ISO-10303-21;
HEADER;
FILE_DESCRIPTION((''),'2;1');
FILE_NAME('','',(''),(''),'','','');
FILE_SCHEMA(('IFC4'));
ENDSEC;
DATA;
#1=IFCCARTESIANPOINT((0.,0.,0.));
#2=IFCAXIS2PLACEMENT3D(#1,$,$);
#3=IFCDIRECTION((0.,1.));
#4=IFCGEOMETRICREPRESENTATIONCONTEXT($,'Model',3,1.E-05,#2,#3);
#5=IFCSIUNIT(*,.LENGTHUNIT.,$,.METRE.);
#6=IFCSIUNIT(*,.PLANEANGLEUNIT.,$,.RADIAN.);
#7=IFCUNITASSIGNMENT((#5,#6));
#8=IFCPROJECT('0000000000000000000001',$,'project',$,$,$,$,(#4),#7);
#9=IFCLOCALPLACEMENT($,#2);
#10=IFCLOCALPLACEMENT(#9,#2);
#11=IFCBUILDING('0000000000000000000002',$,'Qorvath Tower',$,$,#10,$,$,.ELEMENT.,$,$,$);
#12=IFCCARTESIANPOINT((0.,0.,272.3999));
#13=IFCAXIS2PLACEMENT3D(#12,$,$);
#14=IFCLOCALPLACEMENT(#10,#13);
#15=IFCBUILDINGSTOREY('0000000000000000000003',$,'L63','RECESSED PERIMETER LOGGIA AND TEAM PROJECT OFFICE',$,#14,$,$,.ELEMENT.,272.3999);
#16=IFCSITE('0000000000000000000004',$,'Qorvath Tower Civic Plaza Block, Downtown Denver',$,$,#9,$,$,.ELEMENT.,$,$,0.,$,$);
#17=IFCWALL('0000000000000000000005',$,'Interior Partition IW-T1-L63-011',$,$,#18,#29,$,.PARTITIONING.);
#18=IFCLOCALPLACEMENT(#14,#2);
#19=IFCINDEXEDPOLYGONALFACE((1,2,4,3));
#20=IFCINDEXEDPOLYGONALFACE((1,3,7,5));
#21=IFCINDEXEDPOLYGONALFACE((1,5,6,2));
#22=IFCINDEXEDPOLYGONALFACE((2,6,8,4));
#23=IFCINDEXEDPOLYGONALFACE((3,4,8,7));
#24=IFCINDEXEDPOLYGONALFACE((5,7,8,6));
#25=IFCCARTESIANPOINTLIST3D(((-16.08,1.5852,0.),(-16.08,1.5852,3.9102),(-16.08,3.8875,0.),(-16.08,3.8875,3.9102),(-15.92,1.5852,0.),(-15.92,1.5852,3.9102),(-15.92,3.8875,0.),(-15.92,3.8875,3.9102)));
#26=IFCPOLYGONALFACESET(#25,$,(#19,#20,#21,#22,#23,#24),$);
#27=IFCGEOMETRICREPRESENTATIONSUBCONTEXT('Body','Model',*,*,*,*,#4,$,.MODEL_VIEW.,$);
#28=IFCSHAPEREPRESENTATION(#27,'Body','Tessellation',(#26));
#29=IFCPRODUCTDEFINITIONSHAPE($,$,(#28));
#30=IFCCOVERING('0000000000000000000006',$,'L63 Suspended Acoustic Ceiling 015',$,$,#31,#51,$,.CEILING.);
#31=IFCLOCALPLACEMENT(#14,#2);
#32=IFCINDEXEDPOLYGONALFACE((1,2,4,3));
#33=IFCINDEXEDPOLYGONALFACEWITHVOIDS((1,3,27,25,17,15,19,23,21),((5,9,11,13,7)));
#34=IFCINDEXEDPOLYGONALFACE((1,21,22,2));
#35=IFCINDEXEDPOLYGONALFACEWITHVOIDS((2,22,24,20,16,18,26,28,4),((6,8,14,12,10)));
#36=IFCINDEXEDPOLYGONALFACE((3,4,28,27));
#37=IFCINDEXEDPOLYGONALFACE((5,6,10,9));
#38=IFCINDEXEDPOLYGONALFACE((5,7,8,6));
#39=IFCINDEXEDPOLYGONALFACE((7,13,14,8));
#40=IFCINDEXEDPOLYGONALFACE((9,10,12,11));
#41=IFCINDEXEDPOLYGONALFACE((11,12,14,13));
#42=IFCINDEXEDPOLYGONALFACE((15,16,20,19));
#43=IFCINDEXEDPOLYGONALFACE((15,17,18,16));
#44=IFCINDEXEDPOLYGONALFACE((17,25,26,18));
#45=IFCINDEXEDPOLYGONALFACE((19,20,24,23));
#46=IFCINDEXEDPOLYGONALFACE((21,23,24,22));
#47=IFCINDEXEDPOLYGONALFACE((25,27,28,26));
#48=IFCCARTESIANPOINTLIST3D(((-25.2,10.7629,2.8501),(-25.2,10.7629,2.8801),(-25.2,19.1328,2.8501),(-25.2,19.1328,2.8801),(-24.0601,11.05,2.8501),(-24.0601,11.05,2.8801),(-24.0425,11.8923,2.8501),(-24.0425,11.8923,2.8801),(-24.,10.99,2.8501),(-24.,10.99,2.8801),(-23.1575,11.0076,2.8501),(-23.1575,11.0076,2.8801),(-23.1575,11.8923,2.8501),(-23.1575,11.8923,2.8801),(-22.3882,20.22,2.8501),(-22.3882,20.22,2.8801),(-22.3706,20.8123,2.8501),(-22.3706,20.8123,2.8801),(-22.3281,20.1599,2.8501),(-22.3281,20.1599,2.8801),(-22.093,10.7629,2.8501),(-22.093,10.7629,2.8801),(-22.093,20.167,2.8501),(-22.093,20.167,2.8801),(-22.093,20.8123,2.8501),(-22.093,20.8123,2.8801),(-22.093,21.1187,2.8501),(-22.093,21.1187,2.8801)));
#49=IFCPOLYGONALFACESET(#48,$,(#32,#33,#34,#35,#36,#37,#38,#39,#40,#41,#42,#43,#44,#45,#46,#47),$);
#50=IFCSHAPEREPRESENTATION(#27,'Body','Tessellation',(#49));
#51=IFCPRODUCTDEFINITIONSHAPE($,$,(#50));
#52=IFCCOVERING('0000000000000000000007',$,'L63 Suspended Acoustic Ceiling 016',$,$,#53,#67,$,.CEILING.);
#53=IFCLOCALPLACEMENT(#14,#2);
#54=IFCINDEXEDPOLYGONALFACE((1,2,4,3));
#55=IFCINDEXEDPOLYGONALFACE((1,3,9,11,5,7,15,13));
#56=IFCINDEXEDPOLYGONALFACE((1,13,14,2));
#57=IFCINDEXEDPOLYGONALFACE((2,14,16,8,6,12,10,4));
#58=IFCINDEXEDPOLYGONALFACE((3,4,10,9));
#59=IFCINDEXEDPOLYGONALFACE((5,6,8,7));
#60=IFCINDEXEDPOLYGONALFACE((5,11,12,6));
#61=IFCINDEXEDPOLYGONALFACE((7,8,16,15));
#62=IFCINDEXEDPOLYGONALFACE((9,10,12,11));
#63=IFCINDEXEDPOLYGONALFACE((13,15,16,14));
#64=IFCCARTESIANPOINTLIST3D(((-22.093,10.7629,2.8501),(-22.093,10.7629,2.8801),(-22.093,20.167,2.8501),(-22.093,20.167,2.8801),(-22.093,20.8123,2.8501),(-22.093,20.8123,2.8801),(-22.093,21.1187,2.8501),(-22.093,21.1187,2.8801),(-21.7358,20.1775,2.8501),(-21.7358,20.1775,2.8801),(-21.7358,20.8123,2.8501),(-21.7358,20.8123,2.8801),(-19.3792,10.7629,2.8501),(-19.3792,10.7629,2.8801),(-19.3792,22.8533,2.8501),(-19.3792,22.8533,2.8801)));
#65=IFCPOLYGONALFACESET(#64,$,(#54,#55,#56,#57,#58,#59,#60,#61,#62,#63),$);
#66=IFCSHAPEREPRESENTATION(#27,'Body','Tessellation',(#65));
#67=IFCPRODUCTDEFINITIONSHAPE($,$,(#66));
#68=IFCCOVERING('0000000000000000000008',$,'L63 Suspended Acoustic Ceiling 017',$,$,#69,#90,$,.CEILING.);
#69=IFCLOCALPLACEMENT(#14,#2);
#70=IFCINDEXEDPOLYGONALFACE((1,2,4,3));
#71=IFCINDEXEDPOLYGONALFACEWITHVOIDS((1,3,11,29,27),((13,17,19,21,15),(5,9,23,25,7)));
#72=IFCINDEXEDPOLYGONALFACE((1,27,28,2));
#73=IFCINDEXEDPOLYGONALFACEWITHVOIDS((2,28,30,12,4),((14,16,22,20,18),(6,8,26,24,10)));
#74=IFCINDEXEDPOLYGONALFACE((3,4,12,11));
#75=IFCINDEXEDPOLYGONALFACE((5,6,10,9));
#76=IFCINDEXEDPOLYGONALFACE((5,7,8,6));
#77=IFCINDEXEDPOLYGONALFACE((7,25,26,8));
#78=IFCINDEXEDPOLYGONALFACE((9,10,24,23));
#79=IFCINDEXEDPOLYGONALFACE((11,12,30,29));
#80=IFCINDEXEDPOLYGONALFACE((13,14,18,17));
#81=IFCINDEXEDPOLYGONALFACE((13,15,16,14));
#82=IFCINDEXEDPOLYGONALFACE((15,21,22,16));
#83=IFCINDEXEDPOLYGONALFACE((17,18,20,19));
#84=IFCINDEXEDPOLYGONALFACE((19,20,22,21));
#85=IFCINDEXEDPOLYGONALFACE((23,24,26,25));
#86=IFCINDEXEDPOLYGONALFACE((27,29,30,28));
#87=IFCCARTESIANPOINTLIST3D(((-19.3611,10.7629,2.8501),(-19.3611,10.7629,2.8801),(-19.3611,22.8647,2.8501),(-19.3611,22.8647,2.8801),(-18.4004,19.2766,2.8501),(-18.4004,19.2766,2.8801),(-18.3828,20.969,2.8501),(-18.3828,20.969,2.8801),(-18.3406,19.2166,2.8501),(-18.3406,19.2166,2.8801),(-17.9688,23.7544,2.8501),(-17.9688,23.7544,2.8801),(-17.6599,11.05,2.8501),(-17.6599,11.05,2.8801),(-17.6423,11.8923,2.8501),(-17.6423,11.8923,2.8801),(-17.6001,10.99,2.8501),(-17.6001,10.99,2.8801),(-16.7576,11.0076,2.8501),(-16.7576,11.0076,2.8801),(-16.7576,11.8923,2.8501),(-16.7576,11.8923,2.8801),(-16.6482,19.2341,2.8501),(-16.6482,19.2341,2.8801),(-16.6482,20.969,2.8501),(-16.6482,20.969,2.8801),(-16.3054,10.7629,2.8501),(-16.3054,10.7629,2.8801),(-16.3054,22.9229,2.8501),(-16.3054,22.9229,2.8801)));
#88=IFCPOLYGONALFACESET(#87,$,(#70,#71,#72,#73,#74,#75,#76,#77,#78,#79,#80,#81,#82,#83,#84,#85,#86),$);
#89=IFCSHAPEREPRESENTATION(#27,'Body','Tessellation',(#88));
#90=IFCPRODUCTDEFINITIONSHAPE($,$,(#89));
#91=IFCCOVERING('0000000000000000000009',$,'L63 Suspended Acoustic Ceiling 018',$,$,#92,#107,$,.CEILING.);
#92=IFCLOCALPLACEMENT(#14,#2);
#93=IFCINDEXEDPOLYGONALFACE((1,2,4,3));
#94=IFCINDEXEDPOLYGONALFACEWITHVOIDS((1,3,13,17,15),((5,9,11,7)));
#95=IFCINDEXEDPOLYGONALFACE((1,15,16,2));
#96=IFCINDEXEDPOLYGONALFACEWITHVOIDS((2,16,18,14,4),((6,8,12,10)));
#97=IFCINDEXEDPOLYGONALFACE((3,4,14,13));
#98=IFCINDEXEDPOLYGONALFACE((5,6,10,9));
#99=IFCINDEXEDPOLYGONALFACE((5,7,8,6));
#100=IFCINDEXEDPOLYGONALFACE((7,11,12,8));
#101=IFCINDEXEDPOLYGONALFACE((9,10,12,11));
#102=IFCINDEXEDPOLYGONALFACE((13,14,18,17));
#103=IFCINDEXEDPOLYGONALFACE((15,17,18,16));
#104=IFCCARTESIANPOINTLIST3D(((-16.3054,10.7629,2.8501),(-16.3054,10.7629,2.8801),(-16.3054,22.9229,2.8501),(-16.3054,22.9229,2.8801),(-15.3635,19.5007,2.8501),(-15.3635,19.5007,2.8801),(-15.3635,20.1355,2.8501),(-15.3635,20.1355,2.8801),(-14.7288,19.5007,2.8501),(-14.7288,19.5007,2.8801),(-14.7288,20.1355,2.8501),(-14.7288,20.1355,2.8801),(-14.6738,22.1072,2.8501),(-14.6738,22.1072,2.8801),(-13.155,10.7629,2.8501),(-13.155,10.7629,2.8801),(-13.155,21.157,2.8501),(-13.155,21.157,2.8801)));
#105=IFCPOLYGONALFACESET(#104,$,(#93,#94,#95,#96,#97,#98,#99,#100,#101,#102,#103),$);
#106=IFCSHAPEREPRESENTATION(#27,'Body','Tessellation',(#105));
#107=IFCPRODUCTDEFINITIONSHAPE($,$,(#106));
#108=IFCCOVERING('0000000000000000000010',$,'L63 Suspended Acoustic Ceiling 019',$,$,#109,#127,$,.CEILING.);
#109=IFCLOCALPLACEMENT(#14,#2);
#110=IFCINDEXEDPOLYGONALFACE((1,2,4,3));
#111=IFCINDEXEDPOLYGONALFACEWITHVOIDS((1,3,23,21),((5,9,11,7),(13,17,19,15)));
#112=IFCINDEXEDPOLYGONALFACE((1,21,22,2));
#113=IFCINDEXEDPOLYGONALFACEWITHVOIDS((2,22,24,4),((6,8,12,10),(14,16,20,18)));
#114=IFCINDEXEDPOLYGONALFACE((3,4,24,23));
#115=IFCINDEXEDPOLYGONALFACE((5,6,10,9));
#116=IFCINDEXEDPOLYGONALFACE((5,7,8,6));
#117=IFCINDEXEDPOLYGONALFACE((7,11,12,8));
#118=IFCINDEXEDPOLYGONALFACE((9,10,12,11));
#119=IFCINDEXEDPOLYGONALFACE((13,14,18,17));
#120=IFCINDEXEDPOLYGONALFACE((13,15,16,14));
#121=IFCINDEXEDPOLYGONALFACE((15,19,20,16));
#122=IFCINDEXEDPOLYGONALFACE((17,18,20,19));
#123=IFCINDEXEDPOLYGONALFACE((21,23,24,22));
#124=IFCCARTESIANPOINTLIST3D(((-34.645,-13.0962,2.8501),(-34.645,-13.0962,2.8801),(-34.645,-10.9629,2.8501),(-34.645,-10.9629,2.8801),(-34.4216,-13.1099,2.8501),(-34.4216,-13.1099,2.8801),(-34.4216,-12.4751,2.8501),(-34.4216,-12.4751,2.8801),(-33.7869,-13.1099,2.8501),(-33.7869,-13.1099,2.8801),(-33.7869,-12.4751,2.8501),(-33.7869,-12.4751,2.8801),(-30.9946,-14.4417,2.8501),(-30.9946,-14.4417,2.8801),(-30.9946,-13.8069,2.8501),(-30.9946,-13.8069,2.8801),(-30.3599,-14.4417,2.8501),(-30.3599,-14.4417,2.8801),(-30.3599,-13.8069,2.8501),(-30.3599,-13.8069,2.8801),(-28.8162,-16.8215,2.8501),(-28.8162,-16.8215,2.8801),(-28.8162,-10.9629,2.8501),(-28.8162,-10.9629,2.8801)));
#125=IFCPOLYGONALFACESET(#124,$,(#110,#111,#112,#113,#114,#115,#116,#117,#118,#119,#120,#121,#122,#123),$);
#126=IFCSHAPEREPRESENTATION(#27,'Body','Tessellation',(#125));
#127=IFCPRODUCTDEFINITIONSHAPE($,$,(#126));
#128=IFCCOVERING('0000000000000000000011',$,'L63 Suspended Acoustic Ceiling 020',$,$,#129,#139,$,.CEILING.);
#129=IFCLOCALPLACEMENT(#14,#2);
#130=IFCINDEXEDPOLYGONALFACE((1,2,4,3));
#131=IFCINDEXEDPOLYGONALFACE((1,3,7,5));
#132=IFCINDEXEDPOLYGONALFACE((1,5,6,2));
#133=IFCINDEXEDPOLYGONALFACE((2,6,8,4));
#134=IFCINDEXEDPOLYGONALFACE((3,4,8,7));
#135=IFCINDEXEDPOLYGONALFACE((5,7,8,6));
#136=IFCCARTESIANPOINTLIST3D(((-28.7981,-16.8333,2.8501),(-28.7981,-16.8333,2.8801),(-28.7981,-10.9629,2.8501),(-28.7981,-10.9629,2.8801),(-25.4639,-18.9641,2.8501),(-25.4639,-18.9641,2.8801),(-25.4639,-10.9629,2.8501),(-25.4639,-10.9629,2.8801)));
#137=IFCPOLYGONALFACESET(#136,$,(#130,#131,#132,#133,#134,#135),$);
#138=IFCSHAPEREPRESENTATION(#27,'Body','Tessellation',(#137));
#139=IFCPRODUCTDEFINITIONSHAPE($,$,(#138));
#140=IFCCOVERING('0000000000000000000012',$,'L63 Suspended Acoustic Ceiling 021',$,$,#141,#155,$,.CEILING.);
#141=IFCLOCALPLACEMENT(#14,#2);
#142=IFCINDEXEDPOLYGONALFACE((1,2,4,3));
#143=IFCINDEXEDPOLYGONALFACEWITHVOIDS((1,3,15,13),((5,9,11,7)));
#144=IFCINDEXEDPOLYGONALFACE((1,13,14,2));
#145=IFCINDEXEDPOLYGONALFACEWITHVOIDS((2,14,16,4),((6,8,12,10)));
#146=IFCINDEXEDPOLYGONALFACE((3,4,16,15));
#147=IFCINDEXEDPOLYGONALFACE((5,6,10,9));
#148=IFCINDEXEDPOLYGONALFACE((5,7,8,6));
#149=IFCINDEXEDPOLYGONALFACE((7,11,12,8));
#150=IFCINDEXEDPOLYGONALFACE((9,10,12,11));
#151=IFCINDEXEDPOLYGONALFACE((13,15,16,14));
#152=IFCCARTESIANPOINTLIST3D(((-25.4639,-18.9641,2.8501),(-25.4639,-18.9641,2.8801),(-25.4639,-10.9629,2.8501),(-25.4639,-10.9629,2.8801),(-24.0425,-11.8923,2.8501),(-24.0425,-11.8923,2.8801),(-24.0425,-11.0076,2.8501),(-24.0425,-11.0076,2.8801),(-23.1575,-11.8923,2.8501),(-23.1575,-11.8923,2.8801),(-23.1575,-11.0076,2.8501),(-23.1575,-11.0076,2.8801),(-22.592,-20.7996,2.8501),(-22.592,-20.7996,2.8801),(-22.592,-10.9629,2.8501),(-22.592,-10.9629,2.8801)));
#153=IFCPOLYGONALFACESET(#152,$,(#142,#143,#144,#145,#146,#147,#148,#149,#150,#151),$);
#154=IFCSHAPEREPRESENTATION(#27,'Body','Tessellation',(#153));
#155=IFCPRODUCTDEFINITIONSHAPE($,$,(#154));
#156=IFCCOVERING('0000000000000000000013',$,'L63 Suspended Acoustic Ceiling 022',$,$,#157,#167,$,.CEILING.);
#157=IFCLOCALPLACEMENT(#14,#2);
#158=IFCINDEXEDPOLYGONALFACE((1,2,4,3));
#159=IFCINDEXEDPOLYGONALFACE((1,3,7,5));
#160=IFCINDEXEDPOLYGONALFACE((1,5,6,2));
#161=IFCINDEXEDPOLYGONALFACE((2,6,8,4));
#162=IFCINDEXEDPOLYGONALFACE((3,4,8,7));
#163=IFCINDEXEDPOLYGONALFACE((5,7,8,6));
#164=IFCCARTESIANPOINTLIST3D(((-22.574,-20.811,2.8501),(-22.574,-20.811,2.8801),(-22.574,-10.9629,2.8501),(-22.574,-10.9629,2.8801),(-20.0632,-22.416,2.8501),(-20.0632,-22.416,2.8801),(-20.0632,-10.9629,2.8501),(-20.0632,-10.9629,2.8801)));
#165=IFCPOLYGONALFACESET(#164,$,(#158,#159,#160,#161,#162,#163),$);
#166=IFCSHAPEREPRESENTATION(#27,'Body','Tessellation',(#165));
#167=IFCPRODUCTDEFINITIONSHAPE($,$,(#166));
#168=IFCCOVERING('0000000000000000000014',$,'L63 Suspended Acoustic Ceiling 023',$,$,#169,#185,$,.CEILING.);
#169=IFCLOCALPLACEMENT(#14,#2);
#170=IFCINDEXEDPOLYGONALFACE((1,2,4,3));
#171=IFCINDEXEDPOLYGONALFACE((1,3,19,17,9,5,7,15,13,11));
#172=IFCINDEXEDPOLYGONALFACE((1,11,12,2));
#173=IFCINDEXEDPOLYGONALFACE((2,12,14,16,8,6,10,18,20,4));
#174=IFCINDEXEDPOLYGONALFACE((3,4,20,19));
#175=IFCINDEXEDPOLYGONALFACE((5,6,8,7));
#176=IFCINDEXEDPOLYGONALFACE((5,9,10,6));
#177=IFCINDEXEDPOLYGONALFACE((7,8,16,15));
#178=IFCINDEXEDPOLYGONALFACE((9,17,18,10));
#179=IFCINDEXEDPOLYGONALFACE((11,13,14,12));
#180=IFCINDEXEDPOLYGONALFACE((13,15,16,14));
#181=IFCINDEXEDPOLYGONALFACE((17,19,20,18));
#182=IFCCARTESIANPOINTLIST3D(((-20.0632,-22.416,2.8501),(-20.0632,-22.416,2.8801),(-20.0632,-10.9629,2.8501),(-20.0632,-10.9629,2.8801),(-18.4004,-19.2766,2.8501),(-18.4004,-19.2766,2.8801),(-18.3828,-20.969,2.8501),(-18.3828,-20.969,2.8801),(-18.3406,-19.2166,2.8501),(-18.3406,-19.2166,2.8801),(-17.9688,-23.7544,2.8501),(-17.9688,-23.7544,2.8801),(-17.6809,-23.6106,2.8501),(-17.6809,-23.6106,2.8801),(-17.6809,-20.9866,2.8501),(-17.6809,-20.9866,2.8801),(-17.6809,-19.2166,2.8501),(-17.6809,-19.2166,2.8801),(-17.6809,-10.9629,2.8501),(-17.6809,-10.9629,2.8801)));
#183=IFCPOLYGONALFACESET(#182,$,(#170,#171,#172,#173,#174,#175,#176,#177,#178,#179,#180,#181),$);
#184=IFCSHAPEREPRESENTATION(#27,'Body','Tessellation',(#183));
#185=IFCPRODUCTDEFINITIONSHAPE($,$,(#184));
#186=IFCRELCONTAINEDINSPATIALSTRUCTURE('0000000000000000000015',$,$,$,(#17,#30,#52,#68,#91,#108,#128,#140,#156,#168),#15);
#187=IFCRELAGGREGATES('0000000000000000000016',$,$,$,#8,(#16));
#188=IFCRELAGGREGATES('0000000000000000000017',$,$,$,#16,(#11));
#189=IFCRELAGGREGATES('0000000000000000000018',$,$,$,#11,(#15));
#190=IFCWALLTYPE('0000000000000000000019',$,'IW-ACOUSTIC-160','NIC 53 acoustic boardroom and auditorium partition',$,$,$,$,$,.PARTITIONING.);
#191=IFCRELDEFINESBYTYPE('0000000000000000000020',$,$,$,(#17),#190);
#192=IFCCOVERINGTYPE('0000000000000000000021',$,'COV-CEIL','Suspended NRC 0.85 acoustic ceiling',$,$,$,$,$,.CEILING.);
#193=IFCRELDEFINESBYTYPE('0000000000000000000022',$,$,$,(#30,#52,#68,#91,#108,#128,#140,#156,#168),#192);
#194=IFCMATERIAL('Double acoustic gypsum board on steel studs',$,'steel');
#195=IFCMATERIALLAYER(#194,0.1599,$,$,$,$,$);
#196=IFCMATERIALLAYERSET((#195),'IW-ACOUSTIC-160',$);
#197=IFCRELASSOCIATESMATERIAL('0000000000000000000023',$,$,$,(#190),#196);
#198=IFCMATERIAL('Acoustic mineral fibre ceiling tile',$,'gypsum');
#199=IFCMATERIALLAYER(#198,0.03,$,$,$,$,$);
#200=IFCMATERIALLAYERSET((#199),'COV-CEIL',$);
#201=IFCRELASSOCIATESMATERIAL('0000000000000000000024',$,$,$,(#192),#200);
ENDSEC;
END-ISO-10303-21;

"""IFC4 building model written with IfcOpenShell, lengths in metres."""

from ifc_helpers import new_model, si_unit, direction, frame, frame_2d, origin, place, context, subcontext, project, spatial, polyline, rectangle, outline, extrude, material, layer, layer_set, type_object, element, save


model = new_model("IFC4")

# Units and contexts
model_context = context("Model", 3, precision=1e-05, world=origin(), true_north=direction((0.0, 1.0)))
body_context = subcontext(model_context, "Body", "Model", "MODEL_VIEW")
ifc_project = project(units=[si_unit("LENGTHUNIT", "METRE"), si_unit("PLANEANGLEUNIT", "RADIAN")], contexts=[model_context])

# Site, building, storey
site_placement = place(None, origin())
site = spatial("IfcSite", under=ifc_project, at=site_placement, Name="Qorvath Tower Civic Plaza Block, Downtown Denver", CompositionType="ELEMENT", RefElevation=0.0)
building_placement = place(site_placement, origin())
building = spatial("IfcBuilding", under=site, at=building_placement, Name="Qorvath Tower", CompositionType="ELEMENT")
storey_placement = place(building_placement, frame((0.0, 0.0, 272.3999)))
storey = spatial("IfcBuildingStorey", under=building, at=storey_placement, Name="L63", Description="RECESSED PERIMETER LOGGIA AND TEAM PROJECT OFFICE", CompositionType="ELEMENT", Elevation=272.3999)

# Wall
ifc_material_1 = material(Name="Double acoustic gypsum board on steel studs", Category="steel")
ifc_layer_1 = layer(ifc_material_1, 0.1599)
ifc_layer_set_1 = layer_set([ifc_layer_1], Name="IW-ACOUSTIC-160")
wall_type = type_object("IfcWallType", Name="IW-ACOUSTIC-160", Description="NIC 53 acoustic boardroom and auditorium partition", PredefinedType="PARTITIONING", material=ifc_layer_set_1)
wall_placement = place(storey_placement, frame((-16.0, 1.5852, 0.0), z_axis=(0.0, 0.0, 1.0), x_axis=(0.0, 1.0, 0.0)))
element("IfcWall", 1, at=wall_placement, inside=storey, type_object=wall_type, Name="Interior Partition IW-T1-L63-011", PredefinedType="PARTITIONING", context=body_context, shape_type="SweptSolid", body=[
    extrude(rectangle(XDim=2.3022, YDim=0.1599, at=frame_2d((1.1511, 0.0))), origin(), (0.0, 0.0, 1.0), 3.9102),
])

# Coverings
ifc_material_2 = material(Name="Acoustic mineral fibre ceiling tile", Category="gypsum")
ifc_layer_2 = layer(ifc_material_2, 0.03)
ifc_layer_set_2 = layer_set([ifc_layer_2], Name="COV-CEIL")
covering_type_1 = type_object("IfcCoveringType", Name="COV-CEIL", Description="Suspended NRC 0.85 acoustic ceiling", PredefinedType="CEILING", material=ifc_layer_set_2)
covering_1_placement = place(storey_placement, frame((0.0, 0.0, 2.8501)))
element("IfcCovering", 2, at=covering_1_placement, inside=storey, type_object=covering_type_1, Name="L63 Suspended Acoustic Ceiling 015", PredefinedType="CEILING", context=body_context, shape_type="SweptSolid", body=[
    extrude(outline(polyline([(-25.2, 10.7629), (-22.093, 10.7629), (-22.093, 20.167), (-22.3281, 20.1599), (-22.3882, 20.22), (-22.3706, 20.8123), (-22.093, 20.8123), (-22.093, 21.1187), (-25.2, 19.1328), (-25.2, 10.7629)]), holes=[polyline([(-24.0601, 11.05), (-24.0425, 11.8923), (-23.1575, 11.8923), (-23.1575, 11.0076), (-24.0, 10.99), (-24.0601, 11.05)])]), origin(), (0.0, 0.0, 1.0), 0.03),
])
covering_2_placement = place(storey_placement, frame((0.0, 0.0, 2.8501)))
element("IfcCovering", 3, at=covering_2_placement, inside=storey, type_object=covering_type_1, Name="L63 Suspended Acoustic Ceiling 016", PredefinedType="CEILING", context=body_context, shape_type="SweptSolid", body=[
    extrude(outline(polyline([(-22.093, 21.1187), (-22.093, 20.8123), (-21.7358, 20.8123), (-21.7358, 20.1775), (-22.093, 20.167), (-22.093, 10.7629), (-19.3792, 10.7629), (-19.3792, 22.8533), (-22.093, 21.1187)])), origin(), (0.0, 0.0, 1.0), 0.03),
])
covering_3_placement = place(storey_placement, frame((0.0, 0.0, 2.8501)))
element("IfcCovering", 4, at=covering_3_placement, inside=storey, type_object=covering_type_1, Name="L63 Suspended Acoustic Ceiling 017", PredefinedType="CEILING", context=body_context, shape_type="SweptSolid", body=[
    extrude(outline(polyline([(-19.3611, 22.8647), (-19.3611, 10.7629), (-16.3054, 10.7629), (-16.3054, 22.9229), (-17.9688, 23.7544), (-19.3611, 22.8647)]), holes=[polyline([(-18.4004, 19.2766), (-18.3828, 20.969), (-16.6482, 20.969), (-16.6482, 19.2341), (-18.3406, 19.2166), (-18.4004, 19.2766)]), polyline([(-17.6599, 11.05), (-17.6423, 11.8923), (-16.7576, 11.8923), (-16.7576, 11.0076), (-17.6001, 10.99), (-17.6599, 11.05)])]), origin(), (0.0, 0.0, 1.0), 0.03),
])
covering_4_placement = place(storey_placement, frame((0.0, 0.0, 2.8501)))
element("IfcCovering", 5, at=covering_4_placement, inside=storey, type_object=covering_type_1, Name="L63 Suspended Acoustic Ceiling 018", PredefinedType="CEILING", context=body_context, shape_type="SweptSolid", body=[
    extrude(outline(polyline([(-16.3054, 22.9229), (-16.3054, 10.7629), (-13.155, 10.7629), (-13.155, 21.157), (-14.6738, 22.1072), (-16.3054, 22.9229)]), holes=[polyline([(-15.3635, 19.5007), (-15.3635, 20.1355), (-14.7288, 20.1355), (-14.7288, 19.5007), (-15.3635, 19.5007)])]), origin(), (0.0, 0.0, 1.0), 0.03),
])
covering_5_placement = place(storey_placement, frame((0.0, 0.0, 2.8501)))
element("IfcCovering", 6, at=covering_5_placement, inside=storey, type_object=covering_type_1, Name="L63 Suspended Acoustic Ceiling 019", PredefinedType="CEILING", context=body_context, shape_type="SweptSolid", body=[
    extrude(outline(polyline([(-34.645, -13.0962), (-28.8162, -16.8215), (-28.8162, -10.9629), (-34.645, -10.9629), (-34.645, -13.0962)]), holes=[polyline([(-30.9946, -13.8069), (-30.3599, -13.8069), (-30.3599, -14.4417), (-30.9946, -14.4417), (-30.9946, -13.8069)]), polyline([(-34.4216, -12.4751), (-33.7869, -12.4751), (-33.7869, -13.1099), (-34.4216, -13.1099), (-34.4216, -12.4751)])]), origin(), (0.0, 0.0, 1.0), 0.03),
])
covering_6_placement = place(storey_placement, frame((0.0, 0.0, 2.8501)))
element("IfcCovering", 7, at=covering_6_placement, inside=storey, type_object=covering_type_1, Name="L63 Suspended Acoustic Ceiling 020", PredefinedType="CEILING", context=body_context, shape_type="SweptSolid", body=[
    extrude(outline(polyline([(-28.7981, -10.9629), (-28.7981, -16.8333), (-25.4639, -18.9641), (-25.4639, -10.9629), (-28.7981, -10.9629)])), origin(), (0.0, 0.0, 1.0), 0.03),
])
covering_7_placement = place(storey_placement, frame((0.0, 0.0, 2.8501)))
element("IfcCovering", 8, at=covering_7_placement, inside=storey, type_object=covering_type_1, Name="L63 Suspended Acoustic Ceiling 021", PredefinedType="CEILING", context=body_context, shape_type="SweptSolid", body=[
    extrude(outline(polyline([(-25.4639, -10.9629), (-25.4639, -18.9641), (-22.592, -20.7996), (-22.592, -10.9629), (-25.4639, -10.9629)]), holes=[polyline([(-24.0425, -11.8923), (-24.0425, -11.0076), (-23.1575, -11.0076), (-23.1575, -11.8923), (-24.0425, -11.8923)])]), origin(), (0.0, 0.0, 1.0), 0.03),
])
covering_8_placement = place(storey_placement, frame((0.0, 0.0, 2.8501)))
element("IfcCovering", 9, at=covering_8_placement, inside=storey, type_object=covering_type_1, Name="L63 Suspended Acoustic Ceiling 022", PredefinedType="CEILING", context=body_context, shape_type="SweptSolid", body=[
    extrude(outline(polyline([(-20.0632, -22.416), (-20.0632, -10.9629), (-22.574, -10.9629), (-22.574, -20.811), (-20.0632, -22.416)])), origin(), (0.0, 0.0, 1.0), 0.03),
])
covering_9_placement = place(storey_placement, frame((0.0, 0.0, 2.8501)))
element("IfcCovering", 10, at=covering_9_placement, inside=storey, type_object=covering_type_1, Name="L63 Suspended Acoustic Ceiling 023", PredefinedType="CEILING", context=body_context, shape_type="SweptSolid", body=[
    extrude(outline(polyline([(-17.9688, -23.7544), (-17.6809, -23.6106), (-17.6809, -20.9866), (-18.3828, -20.969), (-18.4004, -19.2766), (-18.3406, -19.2166), (-17.6809, -19.2166), (-17.6809, -10.9629), (-20.0632, -10.9629), (-20.0632, -22.416), (-17.9688, -23.7544)])), origin(), (0.0, 0.0, 1.0), 0.03),
])

save(model, "model.ifc")
